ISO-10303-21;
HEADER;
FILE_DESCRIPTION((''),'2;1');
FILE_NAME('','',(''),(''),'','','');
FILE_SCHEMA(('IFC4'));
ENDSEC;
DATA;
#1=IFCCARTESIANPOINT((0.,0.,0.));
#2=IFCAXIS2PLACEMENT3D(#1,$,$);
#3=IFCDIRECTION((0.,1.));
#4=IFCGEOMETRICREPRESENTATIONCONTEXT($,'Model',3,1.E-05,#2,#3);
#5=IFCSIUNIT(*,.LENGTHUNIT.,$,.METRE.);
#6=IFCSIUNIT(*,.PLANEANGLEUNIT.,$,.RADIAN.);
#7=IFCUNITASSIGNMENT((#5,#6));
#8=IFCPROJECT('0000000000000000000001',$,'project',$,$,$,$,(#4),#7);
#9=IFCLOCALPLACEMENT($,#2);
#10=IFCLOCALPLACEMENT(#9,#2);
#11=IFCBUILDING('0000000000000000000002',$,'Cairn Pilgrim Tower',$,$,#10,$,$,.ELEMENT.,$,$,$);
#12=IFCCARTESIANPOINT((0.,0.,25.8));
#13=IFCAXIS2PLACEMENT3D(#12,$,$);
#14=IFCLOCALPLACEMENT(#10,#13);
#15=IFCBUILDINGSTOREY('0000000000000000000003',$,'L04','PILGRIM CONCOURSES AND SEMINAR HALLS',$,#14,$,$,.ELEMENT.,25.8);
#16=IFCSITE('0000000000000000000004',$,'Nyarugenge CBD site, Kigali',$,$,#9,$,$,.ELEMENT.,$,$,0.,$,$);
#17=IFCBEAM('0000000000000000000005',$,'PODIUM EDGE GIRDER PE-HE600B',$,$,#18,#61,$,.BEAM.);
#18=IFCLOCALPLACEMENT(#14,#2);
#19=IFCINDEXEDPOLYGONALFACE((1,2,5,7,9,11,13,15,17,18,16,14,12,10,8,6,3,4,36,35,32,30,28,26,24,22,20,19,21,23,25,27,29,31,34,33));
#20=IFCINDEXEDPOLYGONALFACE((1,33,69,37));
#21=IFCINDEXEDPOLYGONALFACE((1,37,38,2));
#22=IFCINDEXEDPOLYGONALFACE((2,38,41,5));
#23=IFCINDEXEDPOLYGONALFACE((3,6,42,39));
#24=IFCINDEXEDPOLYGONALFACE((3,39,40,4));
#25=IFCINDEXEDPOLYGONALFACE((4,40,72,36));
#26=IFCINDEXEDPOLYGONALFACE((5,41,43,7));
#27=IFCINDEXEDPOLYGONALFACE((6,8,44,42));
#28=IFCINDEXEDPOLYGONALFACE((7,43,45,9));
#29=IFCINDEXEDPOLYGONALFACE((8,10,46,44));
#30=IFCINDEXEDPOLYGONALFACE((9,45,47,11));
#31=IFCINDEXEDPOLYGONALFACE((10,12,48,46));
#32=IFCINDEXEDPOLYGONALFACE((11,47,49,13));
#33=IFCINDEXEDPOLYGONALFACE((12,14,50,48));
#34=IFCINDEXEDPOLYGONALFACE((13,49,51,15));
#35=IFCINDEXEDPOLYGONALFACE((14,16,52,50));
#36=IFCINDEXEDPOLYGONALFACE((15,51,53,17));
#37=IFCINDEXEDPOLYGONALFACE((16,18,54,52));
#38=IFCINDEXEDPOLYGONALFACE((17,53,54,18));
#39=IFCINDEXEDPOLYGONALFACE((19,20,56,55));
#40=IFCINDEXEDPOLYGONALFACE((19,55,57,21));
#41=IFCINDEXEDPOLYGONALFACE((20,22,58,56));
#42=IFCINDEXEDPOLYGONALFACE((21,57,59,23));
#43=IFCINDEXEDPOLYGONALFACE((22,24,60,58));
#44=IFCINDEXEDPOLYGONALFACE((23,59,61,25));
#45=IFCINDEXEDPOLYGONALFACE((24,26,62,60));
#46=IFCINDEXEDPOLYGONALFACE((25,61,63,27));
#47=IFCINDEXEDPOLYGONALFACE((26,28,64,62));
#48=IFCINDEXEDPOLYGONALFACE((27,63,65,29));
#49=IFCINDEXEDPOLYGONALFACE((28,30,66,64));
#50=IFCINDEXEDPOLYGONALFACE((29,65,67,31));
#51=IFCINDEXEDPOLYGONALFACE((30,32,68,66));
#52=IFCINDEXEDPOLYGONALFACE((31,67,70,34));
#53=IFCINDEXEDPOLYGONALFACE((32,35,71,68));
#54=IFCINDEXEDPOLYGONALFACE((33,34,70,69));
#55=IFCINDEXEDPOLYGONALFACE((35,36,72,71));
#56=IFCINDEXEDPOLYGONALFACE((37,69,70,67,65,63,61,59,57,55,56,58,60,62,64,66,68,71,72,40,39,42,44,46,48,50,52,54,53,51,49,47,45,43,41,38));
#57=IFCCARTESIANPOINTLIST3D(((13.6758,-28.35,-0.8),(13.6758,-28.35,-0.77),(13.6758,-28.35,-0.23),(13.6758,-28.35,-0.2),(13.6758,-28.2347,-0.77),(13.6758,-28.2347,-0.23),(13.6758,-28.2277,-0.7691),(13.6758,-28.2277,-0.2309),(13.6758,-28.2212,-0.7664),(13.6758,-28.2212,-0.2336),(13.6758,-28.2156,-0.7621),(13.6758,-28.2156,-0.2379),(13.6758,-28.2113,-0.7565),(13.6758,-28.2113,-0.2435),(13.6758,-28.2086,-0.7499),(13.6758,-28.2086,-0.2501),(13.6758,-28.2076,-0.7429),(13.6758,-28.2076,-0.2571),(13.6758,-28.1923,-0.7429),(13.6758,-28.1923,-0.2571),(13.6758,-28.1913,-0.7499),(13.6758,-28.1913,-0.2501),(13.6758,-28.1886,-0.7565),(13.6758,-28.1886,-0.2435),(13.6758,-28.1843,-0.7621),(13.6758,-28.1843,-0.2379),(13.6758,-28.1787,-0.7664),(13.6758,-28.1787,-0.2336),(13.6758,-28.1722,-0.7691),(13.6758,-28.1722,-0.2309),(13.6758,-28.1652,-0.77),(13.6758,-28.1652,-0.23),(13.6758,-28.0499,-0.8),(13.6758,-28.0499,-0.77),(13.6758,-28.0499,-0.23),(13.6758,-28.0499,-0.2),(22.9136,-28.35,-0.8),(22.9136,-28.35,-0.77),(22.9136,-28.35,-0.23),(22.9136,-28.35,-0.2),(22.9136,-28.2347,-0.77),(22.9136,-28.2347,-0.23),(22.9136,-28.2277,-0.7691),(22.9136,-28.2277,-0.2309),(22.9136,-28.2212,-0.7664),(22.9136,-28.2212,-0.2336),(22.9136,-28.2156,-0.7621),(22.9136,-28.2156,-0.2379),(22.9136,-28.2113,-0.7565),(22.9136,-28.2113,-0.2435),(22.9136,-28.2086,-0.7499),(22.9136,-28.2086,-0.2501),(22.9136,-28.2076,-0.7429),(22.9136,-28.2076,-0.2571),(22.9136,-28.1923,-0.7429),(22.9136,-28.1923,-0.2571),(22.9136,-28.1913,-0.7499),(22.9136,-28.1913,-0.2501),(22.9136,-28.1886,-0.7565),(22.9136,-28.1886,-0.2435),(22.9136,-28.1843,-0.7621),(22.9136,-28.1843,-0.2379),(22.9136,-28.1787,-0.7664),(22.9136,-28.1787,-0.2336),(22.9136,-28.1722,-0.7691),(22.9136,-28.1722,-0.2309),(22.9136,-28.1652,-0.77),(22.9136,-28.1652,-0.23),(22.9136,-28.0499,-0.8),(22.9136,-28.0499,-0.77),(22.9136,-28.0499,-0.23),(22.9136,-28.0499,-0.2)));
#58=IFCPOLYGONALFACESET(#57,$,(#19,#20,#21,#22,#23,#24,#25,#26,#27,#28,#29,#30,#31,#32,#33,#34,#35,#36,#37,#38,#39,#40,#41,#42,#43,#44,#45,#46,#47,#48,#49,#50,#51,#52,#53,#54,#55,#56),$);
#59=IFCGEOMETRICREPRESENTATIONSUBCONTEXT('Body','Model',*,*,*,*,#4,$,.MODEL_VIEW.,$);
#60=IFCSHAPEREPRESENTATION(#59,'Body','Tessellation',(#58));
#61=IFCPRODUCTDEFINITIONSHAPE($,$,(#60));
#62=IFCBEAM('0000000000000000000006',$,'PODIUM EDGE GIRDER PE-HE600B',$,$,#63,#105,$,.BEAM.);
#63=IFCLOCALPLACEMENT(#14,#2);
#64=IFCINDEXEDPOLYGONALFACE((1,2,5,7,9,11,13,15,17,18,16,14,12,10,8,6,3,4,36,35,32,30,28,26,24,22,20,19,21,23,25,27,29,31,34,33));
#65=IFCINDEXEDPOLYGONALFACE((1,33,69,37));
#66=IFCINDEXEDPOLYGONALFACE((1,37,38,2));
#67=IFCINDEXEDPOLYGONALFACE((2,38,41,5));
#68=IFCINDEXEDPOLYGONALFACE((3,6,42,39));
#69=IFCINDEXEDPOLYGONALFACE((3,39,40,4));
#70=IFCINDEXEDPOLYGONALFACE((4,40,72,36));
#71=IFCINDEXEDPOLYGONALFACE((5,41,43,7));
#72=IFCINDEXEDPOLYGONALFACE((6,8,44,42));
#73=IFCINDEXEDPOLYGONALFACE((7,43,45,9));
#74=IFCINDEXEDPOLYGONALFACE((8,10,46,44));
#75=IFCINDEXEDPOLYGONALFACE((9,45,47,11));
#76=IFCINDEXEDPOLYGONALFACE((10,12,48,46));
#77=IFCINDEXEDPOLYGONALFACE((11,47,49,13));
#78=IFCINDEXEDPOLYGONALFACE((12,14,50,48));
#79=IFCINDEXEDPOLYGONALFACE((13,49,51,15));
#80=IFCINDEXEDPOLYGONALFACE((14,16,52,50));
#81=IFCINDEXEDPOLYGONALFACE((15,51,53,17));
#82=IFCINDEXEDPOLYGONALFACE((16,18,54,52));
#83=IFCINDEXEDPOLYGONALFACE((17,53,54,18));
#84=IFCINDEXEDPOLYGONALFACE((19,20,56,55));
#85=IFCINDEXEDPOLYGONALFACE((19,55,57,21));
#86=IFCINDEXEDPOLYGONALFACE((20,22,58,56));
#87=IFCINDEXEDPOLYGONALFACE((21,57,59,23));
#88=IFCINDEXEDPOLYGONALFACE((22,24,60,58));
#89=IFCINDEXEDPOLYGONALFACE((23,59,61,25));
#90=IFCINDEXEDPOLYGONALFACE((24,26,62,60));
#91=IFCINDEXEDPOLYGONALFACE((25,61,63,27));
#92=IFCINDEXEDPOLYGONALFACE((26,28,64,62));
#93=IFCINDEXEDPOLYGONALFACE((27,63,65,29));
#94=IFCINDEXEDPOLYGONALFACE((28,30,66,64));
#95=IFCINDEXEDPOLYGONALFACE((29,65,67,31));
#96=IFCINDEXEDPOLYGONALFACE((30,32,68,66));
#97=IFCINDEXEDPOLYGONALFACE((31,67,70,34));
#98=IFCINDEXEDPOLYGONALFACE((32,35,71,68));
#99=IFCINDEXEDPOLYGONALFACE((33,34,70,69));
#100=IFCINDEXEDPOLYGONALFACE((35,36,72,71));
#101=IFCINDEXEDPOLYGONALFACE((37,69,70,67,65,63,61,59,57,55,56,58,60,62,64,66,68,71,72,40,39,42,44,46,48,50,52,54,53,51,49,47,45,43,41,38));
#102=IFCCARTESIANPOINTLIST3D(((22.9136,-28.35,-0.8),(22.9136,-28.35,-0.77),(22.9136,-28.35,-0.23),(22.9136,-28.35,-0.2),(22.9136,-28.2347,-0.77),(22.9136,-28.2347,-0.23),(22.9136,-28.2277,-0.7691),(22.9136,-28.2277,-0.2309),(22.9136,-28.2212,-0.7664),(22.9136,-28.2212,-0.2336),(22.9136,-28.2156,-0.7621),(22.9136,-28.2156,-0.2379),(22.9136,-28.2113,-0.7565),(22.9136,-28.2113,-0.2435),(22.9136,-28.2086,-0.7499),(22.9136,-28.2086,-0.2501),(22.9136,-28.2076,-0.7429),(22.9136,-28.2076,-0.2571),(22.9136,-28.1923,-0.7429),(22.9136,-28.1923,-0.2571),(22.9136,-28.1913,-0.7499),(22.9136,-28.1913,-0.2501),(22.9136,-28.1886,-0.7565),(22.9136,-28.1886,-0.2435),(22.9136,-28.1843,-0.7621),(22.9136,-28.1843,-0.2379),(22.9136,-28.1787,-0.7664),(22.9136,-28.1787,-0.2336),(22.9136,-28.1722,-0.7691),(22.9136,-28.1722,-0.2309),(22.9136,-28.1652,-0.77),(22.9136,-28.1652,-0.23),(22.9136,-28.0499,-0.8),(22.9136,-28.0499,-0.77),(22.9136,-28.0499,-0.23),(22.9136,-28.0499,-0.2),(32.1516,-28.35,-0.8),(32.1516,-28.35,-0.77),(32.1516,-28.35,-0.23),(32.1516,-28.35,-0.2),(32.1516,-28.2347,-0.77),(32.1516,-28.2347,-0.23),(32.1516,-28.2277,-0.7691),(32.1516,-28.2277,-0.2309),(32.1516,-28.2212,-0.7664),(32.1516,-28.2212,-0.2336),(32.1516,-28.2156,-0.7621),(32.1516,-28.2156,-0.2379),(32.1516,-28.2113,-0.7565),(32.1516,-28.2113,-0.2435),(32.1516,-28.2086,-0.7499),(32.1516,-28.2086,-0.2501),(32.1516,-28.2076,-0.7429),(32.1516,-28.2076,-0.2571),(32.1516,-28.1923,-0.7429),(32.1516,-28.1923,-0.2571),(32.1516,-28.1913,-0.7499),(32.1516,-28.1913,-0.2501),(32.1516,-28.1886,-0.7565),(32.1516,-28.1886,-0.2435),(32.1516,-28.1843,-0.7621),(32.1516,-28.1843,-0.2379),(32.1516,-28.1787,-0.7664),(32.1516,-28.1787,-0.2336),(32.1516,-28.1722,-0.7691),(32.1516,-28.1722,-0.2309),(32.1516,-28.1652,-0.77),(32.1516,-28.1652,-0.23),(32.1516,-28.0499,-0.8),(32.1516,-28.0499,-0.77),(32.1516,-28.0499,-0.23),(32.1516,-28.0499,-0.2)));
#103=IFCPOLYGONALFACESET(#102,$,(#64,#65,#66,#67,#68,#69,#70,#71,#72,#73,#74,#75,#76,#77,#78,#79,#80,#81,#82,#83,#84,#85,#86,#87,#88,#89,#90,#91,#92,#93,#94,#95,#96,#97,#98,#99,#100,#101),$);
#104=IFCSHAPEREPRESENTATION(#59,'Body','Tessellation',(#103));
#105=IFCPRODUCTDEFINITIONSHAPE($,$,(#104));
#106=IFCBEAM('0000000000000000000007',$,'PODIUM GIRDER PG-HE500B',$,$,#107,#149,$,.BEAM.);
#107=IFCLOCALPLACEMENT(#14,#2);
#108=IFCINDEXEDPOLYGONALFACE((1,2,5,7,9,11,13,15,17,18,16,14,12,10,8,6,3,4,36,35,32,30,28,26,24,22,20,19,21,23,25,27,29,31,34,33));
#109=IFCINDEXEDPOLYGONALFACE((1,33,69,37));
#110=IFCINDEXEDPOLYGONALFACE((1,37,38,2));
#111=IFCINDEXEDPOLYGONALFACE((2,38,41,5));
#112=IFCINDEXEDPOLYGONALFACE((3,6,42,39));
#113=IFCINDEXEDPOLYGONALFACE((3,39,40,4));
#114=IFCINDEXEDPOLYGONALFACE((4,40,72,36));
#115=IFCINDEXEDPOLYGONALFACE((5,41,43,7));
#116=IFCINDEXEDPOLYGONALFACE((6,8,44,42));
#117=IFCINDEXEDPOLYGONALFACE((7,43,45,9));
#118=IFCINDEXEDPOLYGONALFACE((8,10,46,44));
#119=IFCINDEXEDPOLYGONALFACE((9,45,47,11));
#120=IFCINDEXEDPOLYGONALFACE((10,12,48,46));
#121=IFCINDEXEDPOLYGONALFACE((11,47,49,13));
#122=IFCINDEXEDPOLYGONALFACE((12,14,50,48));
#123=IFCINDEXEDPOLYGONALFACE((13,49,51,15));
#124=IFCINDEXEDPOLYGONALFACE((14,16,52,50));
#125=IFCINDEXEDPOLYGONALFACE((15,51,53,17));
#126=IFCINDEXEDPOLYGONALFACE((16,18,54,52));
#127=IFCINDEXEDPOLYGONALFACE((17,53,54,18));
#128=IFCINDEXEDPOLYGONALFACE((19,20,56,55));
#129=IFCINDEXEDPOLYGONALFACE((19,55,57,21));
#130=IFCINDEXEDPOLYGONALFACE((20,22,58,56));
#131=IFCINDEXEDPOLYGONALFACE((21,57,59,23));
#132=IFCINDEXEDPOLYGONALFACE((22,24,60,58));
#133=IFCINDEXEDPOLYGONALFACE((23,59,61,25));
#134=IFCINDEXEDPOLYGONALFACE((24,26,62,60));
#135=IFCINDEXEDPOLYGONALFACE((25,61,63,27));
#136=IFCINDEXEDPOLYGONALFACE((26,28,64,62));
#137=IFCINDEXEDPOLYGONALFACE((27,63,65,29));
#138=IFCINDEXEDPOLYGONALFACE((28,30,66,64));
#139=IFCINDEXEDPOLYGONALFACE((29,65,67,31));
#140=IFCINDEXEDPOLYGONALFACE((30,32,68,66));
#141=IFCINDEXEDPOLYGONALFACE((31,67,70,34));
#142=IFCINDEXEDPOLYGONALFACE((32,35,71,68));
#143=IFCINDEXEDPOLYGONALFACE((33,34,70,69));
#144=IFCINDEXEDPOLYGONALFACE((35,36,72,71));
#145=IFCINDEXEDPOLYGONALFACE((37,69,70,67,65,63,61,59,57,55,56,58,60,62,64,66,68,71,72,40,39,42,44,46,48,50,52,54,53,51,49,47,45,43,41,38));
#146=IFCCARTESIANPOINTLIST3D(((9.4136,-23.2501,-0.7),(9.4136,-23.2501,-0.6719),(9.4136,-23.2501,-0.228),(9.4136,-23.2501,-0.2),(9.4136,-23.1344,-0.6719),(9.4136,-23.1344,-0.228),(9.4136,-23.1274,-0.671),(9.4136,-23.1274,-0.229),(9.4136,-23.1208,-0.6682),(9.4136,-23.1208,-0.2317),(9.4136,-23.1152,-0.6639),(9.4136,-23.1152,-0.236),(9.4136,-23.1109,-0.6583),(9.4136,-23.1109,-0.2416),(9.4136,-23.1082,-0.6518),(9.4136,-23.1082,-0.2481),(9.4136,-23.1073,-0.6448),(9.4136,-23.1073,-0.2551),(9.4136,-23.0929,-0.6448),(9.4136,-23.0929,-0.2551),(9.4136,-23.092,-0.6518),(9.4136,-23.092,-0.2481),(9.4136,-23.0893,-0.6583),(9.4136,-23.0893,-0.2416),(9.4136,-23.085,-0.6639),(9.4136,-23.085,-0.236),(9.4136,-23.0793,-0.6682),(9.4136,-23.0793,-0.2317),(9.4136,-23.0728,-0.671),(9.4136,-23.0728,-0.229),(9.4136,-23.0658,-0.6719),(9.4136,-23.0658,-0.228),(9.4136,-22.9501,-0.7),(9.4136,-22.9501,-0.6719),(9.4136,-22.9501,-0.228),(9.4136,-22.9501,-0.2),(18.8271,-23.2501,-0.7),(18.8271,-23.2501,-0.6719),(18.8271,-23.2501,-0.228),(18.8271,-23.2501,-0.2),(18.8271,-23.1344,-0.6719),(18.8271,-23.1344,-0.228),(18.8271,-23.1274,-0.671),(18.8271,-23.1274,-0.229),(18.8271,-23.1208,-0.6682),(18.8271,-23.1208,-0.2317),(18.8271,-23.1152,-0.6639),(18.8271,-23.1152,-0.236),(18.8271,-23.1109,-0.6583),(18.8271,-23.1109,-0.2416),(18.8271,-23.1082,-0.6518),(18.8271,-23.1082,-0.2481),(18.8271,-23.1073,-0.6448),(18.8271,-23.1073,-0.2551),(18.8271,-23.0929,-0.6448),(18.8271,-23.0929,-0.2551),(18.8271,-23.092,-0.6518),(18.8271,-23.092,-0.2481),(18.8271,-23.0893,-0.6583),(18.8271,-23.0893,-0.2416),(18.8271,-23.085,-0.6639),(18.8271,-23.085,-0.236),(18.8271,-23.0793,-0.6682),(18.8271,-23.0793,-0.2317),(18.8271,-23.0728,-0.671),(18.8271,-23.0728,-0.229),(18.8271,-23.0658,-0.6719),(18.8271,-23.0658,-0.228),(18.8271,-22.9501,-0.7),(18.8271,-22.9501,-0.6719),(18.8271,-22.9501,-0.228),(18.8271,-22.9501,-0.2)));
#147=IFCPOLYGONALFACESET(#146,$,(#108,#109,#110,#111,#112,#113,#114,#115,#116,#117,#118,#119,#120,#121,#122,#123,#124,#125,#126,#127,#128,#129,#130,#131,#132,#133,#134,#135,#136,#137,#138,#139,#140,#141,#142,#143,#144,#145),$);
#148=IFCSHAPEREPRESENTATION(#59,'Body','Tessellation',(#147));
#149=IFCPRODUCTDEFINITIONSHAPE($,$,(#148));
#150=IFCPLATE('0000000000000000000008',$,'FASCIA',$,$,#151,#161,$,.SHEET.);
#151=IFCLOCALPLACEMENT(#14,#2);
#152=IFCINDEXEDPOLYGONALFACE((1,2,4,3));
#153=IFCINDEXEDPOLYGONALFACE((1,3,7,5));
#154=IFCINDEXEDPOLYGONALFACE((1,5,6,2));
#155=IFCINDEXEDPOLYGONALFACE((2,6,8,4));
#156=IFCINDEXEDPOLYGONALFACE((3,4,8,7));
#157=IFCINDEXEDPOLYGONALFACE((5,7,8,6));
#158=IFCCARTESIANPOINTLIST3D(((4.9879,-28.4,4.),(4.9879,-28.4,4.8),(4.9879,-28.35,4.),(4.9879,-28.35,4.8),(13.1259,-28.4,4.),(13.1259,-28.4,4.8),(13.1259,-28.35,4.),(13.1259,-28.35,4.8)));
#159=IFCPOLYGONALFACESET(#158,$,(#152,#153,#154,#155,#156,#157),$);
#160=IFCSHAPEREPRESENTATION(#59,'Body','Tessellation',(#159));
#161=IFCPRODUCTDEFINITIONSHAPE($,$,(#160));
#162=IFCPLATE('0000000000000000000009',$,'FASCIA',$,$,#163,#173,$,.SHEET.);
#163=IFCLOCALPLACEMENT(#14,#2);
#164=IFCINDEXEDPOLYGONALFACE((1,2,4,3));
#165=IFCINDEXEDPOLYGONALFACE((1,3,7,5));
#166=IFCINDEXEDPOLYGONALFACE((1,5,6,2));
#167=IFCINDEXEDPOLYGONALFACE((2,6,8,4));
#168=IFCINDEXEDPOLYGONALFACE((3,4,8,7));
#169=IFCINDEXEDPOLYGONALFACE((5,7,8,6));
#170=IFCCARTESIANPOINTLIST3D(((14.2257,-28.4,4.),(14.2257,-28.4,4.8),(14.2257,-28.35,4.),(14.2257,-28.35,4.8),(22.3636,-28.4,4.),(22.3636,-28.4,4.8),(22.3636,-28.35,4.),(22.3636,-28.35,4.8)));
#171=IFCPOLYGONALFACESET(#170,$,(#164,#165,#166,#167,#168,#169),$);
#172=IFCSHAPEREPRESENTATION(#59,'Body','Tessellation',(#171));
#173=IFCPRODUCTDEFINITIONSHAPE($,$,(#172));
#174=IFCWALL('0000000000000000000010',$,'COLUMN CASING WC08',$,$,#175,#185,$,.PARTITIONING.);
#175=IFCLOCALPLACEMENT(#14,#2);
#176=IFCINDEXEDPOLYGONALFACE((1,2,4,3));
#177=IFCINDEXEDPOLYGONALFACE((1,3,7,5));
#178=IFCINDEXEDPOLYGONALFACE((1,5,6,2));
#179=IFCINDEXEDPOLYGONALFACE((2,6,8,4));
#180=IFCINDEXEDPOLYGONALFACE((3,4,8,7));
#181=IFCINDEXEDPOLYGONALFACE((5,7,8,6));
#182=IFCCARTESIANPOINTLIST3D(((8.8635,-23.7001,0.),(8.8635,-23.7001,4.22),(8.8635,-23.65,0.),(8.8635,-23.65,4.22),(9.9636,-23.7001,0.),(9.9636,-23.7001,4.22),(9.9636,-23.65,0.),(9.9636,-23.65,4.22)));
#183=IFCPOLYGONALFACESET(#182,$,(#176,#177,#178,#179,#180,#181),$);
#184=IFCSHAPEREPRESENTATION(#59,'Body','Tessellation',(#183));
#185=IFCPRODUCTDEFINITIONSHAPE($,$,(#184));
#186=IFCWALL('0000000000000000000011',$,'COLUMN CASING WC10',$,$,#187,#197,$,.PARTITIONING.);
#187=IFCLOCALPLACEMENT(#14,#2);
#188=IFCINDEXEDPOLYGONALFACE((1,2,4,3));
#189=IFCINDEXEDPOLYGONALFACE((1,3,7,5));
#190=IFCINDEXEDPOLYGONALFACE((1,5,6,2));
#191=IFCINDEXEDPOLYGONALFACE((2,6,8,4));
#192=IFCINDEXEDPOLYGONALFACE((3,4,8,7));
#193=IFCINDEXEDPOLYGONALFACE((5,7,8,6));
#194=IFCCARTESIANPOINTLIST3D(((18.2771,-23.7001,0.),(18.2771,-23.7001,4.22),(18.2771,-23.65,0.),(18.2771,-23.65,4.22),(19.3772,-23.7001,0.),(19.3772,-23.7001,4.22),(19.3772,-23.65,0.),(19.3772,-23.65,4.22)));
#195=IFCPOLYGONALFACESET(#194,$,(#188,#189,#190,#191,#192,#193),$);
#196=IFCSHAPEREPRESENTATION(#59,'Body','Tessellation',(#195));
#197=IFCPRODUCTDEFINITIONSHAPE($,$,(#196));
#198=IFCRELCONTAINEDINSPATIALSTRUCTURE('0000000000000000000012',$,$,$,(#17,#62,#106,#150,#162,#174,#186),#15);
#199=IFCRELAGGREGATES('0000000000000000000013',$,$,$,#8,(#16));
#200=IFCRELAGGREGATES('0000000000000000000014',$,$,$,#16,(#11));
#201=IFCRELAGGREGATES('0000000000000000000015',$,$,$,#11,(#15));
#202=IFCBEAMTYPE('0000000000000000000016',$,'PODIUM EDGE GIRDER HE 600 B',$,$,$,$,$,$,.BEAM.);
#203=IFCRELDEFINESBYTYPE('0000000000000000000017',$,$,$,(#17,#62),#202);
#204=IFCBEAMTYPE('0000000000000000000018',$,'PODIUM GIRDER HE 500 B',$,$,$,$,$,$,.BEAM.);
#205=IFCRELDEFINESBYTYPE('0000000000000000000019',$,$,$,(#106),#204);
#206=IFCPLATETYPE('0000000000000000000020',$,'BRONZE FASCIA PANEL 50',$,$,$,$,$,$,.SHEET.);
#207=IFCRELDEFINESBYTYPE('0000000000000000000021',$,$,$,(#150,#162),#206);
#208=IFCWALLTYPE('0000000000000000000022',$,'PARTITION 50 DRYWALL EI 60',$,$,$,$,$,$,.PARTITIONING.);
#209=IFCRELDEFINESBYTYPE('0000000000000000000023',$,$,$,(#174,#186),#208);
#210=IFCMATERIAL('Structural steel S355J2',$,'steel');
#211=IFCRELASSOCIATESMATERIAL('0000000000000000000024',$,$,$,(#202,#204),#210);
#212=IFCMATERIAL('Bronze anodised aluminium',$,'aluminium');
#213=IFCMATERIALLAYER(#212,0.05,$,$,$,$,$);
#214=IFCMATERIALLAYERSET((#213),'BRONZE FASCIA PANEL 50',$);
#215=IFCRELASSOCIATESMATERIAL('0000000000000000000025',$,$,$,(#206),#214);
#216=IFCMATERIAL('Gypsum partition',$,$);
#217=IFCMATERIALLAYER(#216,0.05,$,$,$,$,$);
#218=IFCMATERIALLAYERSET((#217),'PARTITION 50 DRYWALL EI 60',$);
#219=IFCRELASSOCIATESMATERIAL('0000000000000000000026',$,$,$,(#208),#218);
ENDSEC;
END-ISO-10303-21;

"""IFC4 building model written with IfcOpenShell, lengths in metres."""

from ifc_helpers import new_model, si_unit, direction, frame, frame_2d, origin, origin_2d, place, context, subcontext, project, spatial, rectangle, i_section, extrude, material, layer, layer_set, material_profile, profile_set, type_object, element, save


model = new_model("IFC4")

# Units and contexts
model_context = context("Model", 3, precision=1e-05, world=origin(), true_north=direction((0.0, 1.0)))
body_context = subcontext(model_context, "Body", "Model", "MODEL_VIEW")
ifc_project = project(units=[si_unit("LENGTHUNIT", "METRE"), si_unit("PLANEANGLEUNIT", "RADIAN")], contexts=[model_context])

# Site, building, storey
site_placement = place(None, origin())
site = spatial("IfcSite", under=ifc_project, at=site_placement, Name="Nyarugenge CBD site, Kigali", CompositionType="ELEMENT", RefElevation=0.0)
building_placement = place(site_placement, origin())
building = spatial("IfcBuilding", under=site, at=building_placement, Name="Cairn Pilgrim Tower", CompositionType="ELEMENT")
storey_placement = place(building_placement, frame((0.0, 0.0, 25.8)))
storey = spatial("IfcBuildingStorey", under=building, at=storey_placement, Name="L04", Description="PILGRIM CONCOURSES AND SEMINAR HALLS", CompositionType="ELEMENT", Elevation=25.8)

# Beams
ifc_material_1 = material(Name="Structural steel S355J2", Category="steel")
ifc_material_profile_1 = material_profile(ifc_material_1, i_section(OverallWidth=0.3, OverallDepth=0.6001, WebThickness=0.0154, FlangeThickness=0.03, FilletRadius=0.0271, at=origin_2d()), Name="HEB 600")
ifc_profile_set_1 = profile_set([ifc_material_profile_1], Name="Structural steel S355J2")
beam_type_1 = type_object("IfcBeamType", Name="PODIUM EDGE GIRDER HE 600 B", PredefinedType="BEAM", material=ifc_profile_set_1)
beam_1_placement = place(storey_placement, frame((13.6758, -28.2, -0.5), z_axis=(1.0, 0.0, 0.0), x_axis=(0.0, 1.0, 0.0)))
element("IfcBeam", 1, at=beam_1_placement, inside=storey, type_object=beam_type_1, Name="PODIUM EDGE GIRDER PE-HE600B", PredefinedType="BEAM", context=body_context, shape_type="SweptSolid", body=[
    extrude(i_section(OverallWidth=0.3, OverallDepth=0.6001, WebThickness=0.0154, FlangeThickness=0.03, FilletRadius=0.0271, at=origin_2d()), origin(), (0.0, 0.0, 1.0), 9.2378),
])
beam_2_placement = place(storey_placement, frame((22.9136, -28.2, -0.5), z_axis=(1.0, 0.0, 0.0), x_axis=(0.0, 1.0, 0.0)))
element("IfcBeam", 2, at=beam_2_placement, inside=storey, type_object=beam_type_1, Name="PODIUM EDGE GIRDER PE-HE600B", PredefinedType="BEAM", context=body_context, shape_type="SweptSolid", body=[
    extrude(i_section(OverallWidth=0.3, OverallDepth=0.6001, WebThickness=0.0154, FlangeThickness=0.03, FilletRadius=0.0271, at=origin_2d()), origin(), (0.0, 0.0, 1.0), 9.238),
])
ifc_material_profile_2 = material_profile(ifc_material_1, i_section(OverallWidth=0.3, OverallDepth=0.5, WebThickness=0.0144, FlangeThickness=0.0281, FilletRadius=0.0271, at=origin_2d()), Name="HEB 500")
ifc_profile_set_2 = profile_set([ifc_material_profile_2], Name="Structural steel S355J2")
beam_type_2 = type_object("IfcBeamType", Name="PODIUM GIRDER HE 500 B", PredefinedType="BEAM", material=ifc_profile_set_2)
beam_3_placement = place(storey_placement, frame((9.4136, -23.1001, -0.45), z_axis=(1.0, 0.0, 0.0), x_axis=(0.0, 1.0, 0.0)))
element("IfcBeam", 3, at=beam_3_placement, inside=storey, type_object=beam_type_2, Name="PODIUM GIRDER PG-HE500B", PredefinedType="BEAM", context=body_context, shape_type="SweptSolid", body=[
    extrude(i_section(OverallWidth=0.3, OverallDepth=0.5, WebThickness=0.0144, FlangeThickness=0.0281, FilletRadius=0.0271, at=origin_2d()), origin(), (0.0, 0.0, 1.0), 9.4136),
])

# Plates
ifc_material_2 = material(Name="Bronze anodised aluminium", Category="aluminium")
ifc_layer_1 = layer(ifc_material_2, 0.05)
ifc_layer_set_1 = layer_set([ifc_layer_1], Name="BRONZE FASCIA PANEL 50")
plate_type = type_object("IfcPlateType", Name="BRONZE FASCIA PANEL 50", PredefinedType="SHEET", material=ifc_layer_set_1)
for number, where, z_axis, x_axis, name in (
    (4, (9.0569, -28.375, 4.0), (0.0, 0.0, 1.0), (1.0, 0.0, 0.0), "FASCIA"),
    (5, (18.2947, -28.375, 4.0), (0.0, 0.0, 1.0), (1.0, 0.0, 0.0), "FASCIA"),
):
    element("IfcPlate", number, at=place(storey_placement, frame(where, z_axis=z_axis, x_axis=x_axis)), inside=storey, type_object=plate_type, Name=name, PredefinedType="SHEET", context=body_context, shape_type="SweptSolid", body=[
        extrude(rectangle(XDim=8.1379, YDim=0.05, at=origin_2d()), origin(), (0.0, 0.0, 1.0), 0.8),
    ])

# Walls
ifc_material_3 = material(Name="Gypsum partition")
ifc_layer_2 = layer(ifc_material_3, 0.05)
ifc_layer_set_2 = layer_set([ifc_layer_2], Name="PARTITION 50 DRYWALL EI 60")
wall_type_1 = type_object("IfcWallType", Name="PARTITION 50 DRYWALL EI 60", PredefinedType="PARTITIONING", material=ifc_layer_set_2)
for number, where, z_axis, x_axis, name in (
    (6, (8.8635, -23.675, 0.0), (0.0, 0.0, 1.0), (1.0, 0.0, 0.0), "COLUMN CASING WC08"),
    (7, (18.2771, -23.675, 0.0), (0.0, 0.0, 1.0), (1.0, 0.0, 0.0), "COLUMN CASING WC10"),
):
    element("IfcWall", number, at=place(storey_placement, frame(where, z_axis=z_axis, x_axis=x_axis)), inside=storey, type_object=wall_type_1, Name=name, PredefinedType="PARTITIONING", context=body_context, shape_type="SweptSolid", body=[
        extrude(rectangle(XDim=1.1001, YDim=0.05, at=frame_2d((0.55, 0.0))), origin(), (0.0, 0.0, 1.0), 4.22),
    ])

save(model, "model.ifc")
